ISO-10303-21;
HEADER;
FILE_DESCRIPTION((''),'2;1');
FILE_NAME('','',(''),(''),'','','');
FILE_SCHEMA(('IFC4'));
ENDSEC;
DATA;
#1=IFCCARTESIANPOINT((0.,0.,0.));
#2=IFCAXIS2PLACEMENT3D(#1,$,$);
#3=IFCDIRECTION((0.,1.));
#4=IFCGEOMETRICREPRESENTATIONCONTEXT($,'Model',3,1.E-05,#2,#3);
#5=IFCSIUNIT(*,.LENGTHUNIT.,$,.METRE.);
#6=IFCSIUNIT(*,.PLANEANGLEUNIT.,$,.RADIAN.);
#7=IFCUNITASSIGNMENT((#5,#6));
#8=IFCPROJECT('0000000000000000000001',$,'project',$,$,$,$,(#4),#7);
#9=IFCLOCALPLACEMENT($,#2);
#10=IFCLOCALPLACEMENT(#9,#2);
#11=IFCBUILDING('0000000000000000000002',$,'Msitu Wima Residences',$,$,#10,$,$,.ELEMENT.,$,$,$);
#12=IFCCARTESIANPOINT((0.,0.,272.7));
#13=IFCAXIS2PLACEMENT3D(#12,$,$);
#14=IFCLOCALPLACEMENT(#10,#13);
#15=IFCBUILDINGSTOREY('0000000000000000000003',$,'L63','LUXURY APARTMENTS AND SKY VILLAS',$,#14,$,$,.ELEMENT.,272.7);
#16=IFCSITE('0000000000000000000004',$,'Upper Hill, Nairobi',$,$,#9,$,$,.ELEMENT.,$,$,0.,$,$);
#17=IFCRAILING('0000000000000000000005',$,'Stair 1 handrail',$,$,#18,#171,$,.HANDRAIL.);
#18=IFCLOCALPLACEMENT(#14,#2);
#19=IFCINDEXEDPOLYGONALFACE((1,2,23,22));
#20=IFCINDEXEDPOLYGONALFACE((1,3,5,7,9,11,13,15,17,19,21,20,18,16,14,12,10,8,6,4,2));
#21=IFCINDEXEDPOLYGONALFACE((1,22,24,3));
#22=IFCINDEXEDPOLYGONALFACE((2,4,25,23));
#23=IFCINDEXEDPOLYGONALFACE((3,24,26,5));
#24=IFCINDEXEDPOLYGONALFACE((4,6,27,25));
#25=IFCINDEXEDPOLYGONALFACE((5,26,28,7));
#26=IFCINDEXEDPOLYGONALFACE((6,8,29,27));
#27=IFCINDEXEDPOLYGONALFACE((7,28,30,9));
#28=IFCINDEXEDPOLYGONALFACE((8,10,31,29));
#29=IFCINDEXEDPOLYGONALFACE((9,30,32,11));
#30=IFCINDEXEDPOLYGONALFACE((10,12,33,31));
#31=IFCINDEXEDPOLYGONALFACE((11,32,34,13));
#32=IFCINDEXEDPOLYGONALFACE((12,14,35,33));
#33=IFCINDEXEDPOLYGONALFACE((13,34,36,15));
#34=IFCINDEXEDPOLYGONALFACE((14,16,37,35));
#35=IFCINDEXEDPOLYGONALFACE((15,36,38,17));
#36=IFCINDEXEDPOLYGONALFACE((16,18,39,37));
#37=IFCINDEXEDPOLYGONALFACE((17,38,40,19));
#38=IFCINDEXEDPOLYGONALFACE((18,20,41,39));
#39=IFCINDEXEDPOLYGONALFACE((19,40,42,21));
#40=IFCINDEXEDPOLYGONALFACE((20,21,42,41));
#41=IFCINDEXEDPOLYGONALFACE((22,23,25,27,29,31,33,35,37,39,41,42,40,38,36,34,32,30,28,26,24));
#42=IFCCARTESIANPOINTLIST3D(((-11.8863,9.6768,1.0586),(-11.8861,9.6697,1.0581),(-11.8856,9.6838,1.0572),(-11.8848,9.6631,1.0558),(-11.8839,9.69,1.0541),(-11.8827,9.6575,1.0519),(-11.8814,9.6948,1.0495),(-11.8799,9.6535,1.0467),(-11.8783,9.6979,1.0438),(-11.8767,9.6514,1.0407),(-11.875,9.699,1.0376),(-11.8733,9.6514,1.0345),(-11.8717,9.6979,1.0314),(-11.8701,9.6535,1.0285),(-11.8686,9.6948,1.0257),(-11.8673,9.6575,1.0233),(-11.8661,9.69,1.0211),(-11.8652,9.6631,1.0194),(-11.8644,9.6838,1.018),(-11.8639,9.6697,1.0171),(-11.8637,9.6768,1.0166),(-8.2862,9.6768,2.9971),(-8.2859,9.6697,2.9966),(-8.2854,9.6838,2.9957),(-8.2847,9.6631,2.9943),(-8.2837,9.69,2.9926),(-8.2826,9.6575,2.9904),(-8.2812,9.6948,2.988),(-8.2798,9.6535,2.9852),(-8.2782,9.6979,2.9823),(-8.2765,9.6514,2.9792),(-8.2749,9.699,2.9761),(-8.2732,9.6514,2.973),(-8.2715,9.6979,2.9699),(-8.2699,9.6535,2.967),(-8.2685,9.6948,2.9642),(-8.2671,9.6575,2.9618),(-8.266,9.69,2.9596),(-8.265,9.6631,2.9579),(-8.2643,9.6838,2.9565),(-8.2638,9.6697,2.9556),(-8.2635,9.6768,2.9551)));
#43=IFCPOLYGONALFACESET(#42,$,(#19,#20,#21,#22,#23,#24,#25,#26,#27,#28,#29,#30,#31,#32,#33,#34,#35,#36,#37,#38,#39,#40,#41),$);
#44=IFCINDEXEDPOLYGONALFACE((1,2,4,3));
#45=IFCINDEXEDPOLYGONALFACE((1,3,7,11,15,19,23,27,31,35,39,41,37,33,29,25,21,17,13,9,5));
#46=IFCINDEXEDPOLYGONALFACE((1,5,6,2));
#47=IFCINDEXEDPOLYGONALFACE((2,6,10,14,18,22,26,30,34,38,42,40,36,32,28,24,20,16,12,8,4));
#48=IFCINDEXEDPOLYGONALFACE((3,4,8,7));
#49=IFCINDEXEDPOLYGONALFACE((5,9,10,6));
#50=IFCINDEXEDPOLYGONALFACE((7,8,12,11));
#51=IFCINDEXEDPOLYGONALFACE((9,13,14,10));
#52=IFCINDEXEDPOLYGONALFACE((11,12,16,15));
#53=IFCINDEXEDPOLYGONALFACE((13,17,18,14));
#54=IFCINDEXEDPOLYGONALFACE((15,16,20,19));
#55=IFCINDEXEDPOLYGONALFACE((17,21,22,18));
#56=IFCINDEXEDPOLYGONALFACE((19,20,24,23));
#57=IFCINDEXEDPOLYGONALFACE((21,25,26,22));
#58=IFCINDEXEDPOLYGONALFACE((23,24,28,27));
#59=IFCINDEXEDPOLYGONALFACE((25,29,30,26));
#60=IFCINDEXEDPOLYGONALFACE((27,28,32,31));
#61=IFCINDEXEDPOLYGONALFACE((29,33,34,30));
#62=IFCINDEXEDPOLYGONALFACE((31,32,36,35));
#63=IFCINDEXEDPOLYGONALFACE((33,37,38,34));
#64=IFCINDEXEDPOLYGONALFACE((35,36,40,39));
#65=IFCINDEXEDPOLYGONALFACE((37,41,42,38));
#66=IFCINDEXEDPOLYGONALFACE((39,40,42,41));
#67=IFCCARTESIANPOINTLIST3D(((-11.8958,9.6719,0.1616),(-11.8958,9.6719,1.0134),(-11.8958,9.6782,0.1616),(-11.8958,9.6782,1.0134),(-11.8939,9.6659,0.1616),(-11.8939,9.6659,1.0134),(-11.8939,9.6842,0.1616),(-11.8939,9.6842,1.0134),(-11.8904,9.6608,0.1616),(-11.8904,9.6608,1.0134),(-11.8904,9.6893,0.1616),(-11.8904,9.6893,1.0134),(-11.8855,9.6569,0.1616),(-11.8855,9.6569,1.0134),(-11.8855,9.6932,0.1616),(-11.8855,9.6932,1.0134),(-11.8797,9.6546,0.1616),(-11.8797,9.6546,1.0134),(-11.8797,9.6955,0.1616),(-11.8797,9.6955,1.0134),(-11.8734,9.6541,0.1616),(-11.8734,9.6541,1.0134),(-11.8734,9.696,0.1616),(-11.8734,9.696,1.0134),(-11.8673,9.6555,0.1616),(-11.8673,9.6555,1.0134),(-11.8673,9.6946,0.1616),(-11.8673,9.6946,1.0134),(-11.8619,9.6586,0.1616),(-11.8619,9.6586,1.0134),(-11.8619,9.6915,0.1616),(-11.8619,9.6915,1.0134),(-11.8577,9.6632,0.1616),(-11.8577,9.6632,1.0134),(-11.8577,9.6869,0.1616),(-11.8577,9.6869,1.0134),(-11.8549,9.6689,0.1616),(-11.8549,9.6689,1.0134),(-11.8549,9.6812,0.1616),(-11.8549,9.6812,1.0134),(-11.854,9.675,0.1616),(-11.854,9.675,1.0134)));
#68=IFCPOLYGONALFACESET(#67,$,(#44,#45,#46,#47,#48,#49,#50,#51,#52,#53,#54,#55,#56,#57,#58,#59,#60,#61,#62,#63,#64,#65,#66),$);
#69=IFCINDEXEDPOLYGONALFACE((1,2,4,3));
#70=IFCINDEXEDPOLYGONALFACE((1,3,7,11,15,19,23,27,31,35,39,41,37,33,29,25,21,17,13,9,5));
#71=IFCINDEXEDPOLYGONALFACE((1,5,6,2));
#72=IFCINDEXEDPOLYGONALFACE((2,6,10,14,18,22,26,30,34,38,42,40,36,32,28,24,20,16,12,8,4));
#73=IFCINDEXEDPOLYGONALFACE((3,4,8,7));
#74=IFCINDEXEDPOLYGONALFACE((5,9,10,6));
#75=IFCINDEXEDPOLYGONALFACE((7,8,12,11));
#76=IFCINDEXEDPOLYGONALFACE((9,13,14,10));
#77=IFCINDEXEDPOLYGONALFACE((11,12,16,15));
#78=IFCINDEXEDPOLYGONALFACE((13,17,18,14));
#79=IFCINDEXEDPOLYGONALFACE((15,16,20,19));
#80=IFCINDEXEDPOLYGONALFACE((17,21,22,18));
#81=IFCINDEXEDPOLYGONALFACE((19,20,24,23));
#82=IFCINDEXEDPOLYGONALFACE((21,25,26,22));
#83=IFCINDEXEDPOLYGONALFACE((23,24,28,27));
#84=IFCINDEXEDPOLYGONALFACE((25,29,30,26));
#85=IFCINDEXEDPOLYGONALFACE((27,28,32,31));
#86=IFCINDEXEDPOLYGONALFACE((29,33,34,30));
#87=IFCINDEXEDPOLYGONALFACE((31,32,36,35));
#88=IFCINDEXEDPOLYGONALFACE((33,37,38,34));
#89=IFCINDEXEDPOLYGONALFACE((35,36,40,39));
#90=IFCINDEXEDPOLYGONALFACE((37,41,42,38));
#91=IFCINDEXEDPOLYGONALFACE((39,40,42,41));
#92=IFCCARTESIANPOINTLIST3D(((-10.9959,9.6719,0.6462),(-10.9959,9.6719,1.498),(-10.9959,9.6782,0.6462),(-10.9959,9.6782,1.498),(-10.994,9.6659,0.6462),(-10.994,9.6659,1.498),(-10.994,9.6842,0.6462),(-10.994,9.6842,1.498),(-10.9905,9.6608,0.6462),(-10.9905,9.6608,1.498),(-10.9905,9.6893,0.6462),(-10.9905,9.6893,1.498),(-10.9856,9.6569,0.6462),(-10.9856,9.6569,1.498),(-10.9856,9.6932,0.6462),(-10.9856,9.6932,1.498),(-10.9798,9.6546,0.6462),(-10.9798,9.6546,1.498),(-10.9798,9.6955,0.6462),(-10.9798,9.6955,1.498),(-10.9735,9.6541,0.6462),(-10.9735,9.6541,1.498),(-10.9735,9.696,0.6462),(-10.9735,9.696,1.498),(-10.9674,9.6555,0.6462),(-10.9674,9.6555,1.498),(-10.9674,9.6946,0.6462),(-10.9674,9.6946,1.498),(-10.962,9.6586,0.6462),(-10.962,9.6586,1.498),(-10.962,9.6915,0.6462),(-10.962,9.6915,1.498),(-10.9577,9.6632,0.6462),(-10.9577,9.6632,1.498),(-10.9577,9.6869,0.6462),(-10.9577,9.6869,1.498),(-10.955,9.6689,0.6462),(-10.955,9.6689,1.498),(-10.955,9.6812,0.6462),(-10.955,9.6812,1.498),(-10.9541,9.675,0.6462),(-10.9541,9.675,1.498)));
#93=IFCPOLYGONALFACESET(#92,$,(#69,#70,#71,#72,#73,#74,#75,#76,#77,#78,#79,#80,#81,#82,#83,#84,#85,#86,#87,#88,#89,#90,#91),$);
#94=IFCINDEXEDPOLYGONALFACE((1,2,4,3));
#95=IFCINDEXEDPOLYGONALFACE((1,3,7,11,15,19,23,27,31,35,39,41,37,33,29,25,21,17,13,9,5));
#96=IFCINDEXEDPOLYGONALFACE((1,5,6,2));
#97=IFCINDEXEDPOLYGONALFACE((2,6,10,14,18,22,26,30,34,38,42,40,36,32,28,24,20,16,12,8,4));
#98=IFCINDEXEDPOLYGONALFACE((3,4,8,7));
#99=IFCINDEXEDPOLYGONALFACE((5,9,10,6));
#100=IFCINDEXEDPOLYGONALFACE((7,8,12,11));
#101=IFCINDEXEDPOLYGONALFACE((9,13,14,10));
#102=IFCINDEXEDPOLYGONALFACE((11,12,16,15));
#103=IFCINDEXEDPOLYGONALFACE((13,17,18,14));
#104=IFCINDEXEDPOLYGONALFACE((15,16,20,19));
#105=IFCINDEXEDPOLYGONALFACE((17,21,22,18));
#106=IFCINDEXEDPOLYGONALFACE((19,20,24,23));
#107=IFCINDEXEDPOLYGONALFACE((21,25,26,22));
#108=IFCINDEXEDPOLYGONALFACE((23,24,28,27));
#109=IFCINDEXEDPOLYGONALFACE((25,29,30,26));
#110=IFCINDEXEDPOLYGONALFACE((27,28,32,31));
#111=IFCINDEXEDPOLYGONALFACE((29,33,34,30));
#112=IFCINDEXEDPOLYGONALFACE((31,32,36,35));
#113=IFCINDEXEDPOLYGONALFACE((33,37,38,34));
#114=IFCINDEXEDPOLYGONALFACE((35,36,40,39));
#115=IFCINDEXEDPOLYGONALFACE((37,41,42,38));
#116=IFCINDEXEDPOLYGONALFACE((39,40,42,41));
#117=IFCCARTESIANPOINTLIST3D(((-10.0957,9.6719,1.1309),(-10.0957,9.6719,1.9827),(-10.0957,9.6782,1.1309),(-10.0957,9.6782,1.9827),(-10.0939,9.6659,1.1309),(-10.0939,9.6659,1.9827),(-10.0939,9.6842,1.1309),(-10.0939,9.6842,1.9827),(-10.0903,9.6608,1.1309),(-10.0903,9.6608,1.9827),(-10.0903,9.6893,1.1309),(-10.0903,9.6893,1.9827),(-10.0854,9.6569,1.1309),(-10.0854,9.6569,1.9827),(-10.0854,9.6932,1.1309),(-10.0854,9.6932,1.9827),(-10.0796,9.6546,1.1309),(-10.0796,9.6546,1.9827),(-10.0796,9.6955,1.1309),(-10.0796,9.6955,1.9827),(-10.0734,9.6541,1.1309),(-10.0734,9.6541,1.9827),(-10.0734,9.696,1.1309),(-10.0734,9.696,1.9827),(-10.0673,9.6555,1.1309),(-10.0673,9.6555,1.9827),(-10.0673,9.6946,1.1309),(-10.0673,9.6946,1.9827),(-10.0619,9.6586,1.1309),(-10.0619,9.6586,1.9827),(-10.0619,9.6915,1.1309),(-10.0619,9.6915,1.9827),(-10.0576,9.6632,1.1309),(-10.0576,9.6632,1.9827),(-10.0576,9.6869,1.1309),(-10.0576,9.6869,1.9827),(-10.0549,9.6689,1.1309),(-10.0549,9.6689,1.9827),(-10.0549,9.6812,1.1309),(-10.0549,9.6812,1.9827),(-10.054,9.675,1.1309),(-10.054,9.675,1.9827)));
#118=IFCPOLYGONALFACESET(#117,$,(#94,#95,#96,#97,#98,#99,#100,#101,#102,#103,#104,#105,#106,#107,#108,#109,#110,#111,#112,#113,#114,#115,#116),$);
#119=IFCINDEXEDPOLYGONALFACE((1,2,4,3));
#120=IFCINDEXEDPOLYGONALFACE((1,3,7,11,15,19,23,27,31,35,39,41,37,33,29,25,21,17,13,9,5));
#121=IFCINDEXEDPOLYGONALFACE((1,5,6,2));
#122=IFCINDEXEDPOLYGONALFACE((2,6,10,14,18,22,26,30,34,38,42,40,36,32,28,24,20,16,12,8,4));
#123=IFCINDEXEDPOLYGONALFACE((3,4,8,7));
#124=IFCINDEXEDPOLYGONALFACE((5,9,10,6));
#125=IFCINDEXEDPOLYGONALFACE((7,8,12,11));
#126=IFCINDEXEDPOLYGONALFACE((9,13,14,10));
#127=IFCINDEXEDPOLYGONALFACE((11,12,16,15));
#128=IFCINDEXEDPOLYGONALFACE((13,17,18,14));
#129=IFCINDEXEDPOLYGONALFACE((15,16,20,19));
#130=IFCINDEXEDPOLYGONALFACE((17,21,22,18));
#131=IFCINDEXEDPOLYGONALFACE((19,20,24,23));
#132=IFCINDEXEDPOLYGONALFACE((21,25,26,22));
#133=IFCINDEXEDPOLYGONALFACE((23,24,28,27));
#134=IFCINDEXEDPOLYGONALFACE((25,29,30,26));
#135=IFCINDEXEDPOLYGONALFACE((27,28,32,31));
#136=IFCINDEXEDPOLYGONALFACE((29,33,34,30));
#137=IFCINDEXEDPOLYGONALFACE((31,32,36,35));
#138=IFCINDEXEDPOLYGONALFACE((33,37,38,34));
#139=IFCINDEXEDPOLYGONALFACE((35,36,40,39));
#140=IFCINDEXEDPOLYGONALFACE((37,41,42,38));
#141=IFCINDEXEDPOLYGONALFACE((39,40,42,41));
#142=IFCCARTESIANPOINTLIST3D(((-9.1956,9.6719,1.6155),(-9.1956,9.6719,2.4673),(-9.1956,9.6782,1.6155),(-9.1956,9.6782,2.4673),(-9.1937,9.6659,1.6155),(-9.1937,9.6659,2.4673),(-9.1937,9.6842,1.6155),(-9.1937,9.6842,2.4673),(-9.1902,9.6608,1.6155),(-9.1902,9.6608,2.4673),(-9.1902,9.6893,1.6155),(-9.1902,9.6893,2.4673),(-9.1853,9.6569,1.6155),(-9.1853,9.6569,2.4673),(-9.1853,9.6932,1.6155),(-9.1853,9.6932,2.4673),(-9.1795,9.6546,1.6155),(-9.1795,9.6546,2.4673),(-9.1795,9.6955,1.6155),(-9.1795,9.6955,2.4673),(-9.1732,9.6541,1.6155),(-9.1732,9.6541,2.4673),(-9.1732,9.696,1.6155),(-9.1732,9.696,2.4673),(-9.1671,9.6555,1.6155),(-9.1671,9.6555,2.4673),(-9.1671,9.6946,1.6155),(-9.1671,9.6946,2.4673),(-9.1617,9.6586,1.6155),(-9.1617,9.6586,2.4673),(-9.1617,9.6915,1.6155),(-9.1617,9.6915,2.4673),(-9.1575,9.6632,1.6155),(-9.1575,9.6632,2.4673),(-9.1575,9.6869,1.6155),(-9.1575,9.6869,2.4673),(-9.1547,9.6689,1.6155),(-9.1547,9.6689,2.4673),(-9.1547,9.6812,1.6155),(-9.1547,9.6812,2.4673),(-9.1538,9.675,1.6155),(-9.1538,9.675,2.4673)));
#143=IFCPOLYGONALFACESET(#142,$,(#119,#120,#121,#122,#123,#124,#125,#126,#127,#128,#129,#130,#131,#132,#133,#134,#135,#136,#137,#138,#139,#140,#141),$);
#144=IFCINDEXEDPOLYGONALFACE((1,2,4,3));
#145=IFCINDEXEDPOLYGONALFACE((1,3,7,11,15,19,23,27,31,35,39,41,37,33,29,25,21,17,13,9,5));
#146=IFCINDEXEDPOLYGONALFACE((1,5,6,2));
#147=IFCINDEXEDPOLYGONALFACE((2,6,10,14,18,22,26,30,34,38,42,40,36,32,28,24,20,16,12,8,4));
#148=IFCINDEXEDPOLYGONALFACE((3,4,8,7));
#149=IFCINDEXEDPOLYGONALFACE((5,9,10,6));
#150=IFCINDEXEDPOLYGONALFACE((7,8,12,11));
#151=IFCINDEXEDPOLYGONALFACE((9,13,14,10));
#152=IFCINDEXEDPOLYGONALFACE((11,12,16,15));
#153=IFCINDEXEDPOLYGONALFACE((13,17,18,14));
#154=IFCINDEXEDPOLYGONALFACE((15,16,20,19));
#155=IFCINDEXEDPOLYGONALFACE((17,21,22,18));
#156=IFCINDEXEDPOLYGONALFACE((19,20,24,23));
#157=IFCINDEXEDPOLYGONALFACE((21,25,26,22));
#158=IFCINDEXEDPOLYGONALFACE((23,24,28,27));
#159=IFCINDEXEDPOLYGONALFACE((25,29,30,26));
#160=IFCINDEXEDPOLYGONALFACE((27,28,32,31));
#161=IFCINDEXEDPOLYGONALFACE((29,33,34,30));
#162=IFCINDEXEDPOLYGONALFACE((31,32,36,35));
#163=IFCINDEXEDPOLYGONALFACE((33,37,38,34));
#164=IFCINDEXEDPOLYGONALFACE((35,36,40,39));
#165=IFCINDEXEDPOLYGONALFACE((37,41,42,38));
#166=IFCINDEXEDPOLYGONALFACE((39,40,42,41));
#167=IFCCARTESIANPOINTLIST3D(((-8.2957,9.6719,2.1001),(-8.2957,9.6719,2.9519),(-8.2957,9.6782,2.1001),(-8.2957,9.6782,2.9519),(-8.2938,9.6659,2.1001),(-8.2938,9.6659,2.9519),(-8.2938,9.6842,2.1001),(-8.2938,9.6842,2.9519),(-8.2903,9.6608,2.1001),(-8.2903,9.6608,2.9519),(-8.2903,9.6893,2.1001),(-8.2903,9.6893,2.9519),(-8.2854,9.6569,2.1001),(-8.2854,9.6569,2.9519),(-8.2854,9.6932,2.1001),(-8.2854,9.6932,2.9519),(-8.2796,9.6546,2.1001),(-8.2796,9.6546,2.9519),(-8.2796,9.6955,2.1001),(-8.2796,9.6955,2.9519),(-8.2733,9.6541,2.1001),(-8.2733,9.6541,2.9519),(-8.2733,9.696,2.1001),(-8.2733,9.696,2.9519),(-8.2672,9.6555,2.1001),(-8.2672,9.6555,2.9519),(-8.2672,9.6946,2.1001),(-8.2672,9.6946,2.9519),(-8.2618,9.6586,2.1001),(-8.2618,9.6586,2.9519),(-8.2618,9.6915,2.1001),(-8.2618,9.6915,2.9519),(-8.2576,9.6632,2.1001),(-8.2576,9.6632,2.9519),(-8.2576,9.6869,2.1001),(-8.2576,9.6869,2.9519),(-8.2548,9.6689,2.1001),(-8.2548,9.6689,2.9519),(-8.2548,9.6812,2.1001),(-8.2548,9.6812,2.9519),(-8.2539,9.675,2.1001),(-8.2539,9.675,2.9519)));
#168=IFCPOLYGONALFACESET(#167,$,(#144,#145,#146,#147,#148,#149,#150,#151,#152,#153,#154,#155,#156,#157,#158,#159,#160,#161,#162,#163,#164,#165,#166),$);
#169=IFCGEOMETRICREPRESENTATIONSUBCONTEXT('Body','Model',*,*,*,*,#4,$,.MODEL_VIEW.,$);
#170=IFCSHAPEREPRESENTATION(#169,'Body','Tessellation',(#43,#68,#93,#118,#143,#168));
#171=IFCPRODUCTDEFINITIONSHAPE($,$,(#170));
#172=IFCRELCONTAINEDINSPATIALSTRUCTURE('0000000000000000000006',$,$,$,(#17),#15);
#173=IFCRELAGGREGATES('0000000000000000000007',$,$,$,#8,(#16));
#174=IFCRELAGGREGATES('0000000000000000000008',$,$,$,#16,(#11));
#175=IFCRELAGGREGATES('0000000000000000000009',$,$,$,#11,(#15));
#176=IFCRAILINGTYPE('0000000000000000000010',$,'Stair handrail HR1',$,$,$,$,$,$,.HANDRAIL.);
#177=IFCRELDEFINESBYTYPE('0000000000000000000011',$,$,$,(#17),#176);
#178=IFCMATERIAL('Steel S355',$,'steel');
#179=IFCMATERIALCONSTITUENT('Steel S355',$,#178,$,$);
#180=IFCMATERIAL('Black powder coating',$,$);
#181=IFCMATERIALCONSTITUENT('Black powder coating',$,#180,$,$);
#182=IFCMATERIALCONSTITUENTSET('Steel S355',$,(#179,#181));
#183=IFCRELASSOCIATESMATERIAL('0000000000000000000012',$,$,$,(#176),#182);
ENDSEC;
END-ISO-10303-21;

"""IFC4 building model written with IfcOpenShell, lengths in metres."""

from ifc_helpers import new_model, si_unit, direction, frame, origin, origin_2d, place, context, subcontext, project, spatial, circle, extrude, material, constituent, constituent_set, type_object, element, save


model = new_model("IFC4")

# Units and contexts
model_context = context("Model", 3, precision=1e-05, world=origin(), true_north=direction((0.0, 1.0)))
body_context = subcontext(model_context, "Body", "Model", "MODEL_VIEW")
ifc_project = project(units=[si_unit("LENGTHUNIT", "METRE"), si_unit("PLANEANGLEUNIT", "RADIAN")], contexts=[model_context])

# Site, building, storey
site_placement = place(None, origin())
site = spatial("IfcSite", under=ifc_project, at=site_placement, Name="Upper Hill, Nairobi", CompositionType="ELEMENT", RefElevation=0.0)
building_placement = place(site_placement, origin())
building = spatial("IfcBuilding", under=site, at=building_placement, Name="Msitu Wima Residences", CompositionType="ELEMENT")
storey_placement = place(building_placement, frame((0.0, 0.0, 272.7)))
storey = spatial("IfcBuildingStorey", under=building, at=storey_placement, Name="L63", Description="LUXURY APARTMENTS AND SKY VILLAS", CompositionType="ELEMENT", Elevation=272.7)

# Railing
ifc_material_1 = material(Name="Steel S355", Category="steel")
ifc_constituent_1 = constituent(ifc_material_1, Name="Steel S355")
ifc_material_2 = material(Name="Black powder coating")
ifc_constituent_2 = constituent(ifc_material_2, Name="Black powder coating")
ifc_constituent_set_1 = constituent_set(constituents=[ifc_constituent_1, ifc_constituent_2], Name="Steel S355")
railing_type_1 = type_object("IfcRailingType", Name="Stair handrail HR1", PredefinedType="HANDRAIL", material=ifc_constituent_set_1)
railing_1_placement = place(storey_placement, frame((-11.875, 9.675, 0.1616)))
element("IfcRailing", 1, at=railing_1_placement, inside=storey, type_object=railing_type_1, Name="Stair 1 handrail", PredefinedType="HANDRAIL", context=body_context, shape_type="SweptSolid", body=[
    extrude(circle(Radius=0.0239, at=origin_2d()), frame((0.0, 0.0, 0.876), z_axis=(0.880475, 0.0, 0.474093), x_axis=(0.0, 1.0, 0.0)), (0.0, 0.0, 1.0), 4.0889),
    extrude(circle(Radius=0.021, at=origin_2d()), origin(), (0.0, 0.0, 1.0), 0.8518),
    extrude(circle(Radius=0.021, at=origin_2d()), frame((0.8999, 0.0, 0.4846)), (0.0, 0.0, 1.0), 0.8518),
    extrude(circle(Radius=0.021, at=origin_2d()), frame((1.8, 0.0, 0.9692)), (0.0, 0.0, 1.0), 0.8518),
    extrude(circle(Radius=0.021, at=origin_2d()), frame((2.7002, 0.0, 1.4539)), (0.0, 0.0, 1.0), 0.8518),
    extrude(circle(Radius=0.021, at=origin_2d()), frame((3.6001, 0.0, 1.9385)), (0.0, 0.0, 1.0), 0.8518),
])

save(model, "model.ifc")
